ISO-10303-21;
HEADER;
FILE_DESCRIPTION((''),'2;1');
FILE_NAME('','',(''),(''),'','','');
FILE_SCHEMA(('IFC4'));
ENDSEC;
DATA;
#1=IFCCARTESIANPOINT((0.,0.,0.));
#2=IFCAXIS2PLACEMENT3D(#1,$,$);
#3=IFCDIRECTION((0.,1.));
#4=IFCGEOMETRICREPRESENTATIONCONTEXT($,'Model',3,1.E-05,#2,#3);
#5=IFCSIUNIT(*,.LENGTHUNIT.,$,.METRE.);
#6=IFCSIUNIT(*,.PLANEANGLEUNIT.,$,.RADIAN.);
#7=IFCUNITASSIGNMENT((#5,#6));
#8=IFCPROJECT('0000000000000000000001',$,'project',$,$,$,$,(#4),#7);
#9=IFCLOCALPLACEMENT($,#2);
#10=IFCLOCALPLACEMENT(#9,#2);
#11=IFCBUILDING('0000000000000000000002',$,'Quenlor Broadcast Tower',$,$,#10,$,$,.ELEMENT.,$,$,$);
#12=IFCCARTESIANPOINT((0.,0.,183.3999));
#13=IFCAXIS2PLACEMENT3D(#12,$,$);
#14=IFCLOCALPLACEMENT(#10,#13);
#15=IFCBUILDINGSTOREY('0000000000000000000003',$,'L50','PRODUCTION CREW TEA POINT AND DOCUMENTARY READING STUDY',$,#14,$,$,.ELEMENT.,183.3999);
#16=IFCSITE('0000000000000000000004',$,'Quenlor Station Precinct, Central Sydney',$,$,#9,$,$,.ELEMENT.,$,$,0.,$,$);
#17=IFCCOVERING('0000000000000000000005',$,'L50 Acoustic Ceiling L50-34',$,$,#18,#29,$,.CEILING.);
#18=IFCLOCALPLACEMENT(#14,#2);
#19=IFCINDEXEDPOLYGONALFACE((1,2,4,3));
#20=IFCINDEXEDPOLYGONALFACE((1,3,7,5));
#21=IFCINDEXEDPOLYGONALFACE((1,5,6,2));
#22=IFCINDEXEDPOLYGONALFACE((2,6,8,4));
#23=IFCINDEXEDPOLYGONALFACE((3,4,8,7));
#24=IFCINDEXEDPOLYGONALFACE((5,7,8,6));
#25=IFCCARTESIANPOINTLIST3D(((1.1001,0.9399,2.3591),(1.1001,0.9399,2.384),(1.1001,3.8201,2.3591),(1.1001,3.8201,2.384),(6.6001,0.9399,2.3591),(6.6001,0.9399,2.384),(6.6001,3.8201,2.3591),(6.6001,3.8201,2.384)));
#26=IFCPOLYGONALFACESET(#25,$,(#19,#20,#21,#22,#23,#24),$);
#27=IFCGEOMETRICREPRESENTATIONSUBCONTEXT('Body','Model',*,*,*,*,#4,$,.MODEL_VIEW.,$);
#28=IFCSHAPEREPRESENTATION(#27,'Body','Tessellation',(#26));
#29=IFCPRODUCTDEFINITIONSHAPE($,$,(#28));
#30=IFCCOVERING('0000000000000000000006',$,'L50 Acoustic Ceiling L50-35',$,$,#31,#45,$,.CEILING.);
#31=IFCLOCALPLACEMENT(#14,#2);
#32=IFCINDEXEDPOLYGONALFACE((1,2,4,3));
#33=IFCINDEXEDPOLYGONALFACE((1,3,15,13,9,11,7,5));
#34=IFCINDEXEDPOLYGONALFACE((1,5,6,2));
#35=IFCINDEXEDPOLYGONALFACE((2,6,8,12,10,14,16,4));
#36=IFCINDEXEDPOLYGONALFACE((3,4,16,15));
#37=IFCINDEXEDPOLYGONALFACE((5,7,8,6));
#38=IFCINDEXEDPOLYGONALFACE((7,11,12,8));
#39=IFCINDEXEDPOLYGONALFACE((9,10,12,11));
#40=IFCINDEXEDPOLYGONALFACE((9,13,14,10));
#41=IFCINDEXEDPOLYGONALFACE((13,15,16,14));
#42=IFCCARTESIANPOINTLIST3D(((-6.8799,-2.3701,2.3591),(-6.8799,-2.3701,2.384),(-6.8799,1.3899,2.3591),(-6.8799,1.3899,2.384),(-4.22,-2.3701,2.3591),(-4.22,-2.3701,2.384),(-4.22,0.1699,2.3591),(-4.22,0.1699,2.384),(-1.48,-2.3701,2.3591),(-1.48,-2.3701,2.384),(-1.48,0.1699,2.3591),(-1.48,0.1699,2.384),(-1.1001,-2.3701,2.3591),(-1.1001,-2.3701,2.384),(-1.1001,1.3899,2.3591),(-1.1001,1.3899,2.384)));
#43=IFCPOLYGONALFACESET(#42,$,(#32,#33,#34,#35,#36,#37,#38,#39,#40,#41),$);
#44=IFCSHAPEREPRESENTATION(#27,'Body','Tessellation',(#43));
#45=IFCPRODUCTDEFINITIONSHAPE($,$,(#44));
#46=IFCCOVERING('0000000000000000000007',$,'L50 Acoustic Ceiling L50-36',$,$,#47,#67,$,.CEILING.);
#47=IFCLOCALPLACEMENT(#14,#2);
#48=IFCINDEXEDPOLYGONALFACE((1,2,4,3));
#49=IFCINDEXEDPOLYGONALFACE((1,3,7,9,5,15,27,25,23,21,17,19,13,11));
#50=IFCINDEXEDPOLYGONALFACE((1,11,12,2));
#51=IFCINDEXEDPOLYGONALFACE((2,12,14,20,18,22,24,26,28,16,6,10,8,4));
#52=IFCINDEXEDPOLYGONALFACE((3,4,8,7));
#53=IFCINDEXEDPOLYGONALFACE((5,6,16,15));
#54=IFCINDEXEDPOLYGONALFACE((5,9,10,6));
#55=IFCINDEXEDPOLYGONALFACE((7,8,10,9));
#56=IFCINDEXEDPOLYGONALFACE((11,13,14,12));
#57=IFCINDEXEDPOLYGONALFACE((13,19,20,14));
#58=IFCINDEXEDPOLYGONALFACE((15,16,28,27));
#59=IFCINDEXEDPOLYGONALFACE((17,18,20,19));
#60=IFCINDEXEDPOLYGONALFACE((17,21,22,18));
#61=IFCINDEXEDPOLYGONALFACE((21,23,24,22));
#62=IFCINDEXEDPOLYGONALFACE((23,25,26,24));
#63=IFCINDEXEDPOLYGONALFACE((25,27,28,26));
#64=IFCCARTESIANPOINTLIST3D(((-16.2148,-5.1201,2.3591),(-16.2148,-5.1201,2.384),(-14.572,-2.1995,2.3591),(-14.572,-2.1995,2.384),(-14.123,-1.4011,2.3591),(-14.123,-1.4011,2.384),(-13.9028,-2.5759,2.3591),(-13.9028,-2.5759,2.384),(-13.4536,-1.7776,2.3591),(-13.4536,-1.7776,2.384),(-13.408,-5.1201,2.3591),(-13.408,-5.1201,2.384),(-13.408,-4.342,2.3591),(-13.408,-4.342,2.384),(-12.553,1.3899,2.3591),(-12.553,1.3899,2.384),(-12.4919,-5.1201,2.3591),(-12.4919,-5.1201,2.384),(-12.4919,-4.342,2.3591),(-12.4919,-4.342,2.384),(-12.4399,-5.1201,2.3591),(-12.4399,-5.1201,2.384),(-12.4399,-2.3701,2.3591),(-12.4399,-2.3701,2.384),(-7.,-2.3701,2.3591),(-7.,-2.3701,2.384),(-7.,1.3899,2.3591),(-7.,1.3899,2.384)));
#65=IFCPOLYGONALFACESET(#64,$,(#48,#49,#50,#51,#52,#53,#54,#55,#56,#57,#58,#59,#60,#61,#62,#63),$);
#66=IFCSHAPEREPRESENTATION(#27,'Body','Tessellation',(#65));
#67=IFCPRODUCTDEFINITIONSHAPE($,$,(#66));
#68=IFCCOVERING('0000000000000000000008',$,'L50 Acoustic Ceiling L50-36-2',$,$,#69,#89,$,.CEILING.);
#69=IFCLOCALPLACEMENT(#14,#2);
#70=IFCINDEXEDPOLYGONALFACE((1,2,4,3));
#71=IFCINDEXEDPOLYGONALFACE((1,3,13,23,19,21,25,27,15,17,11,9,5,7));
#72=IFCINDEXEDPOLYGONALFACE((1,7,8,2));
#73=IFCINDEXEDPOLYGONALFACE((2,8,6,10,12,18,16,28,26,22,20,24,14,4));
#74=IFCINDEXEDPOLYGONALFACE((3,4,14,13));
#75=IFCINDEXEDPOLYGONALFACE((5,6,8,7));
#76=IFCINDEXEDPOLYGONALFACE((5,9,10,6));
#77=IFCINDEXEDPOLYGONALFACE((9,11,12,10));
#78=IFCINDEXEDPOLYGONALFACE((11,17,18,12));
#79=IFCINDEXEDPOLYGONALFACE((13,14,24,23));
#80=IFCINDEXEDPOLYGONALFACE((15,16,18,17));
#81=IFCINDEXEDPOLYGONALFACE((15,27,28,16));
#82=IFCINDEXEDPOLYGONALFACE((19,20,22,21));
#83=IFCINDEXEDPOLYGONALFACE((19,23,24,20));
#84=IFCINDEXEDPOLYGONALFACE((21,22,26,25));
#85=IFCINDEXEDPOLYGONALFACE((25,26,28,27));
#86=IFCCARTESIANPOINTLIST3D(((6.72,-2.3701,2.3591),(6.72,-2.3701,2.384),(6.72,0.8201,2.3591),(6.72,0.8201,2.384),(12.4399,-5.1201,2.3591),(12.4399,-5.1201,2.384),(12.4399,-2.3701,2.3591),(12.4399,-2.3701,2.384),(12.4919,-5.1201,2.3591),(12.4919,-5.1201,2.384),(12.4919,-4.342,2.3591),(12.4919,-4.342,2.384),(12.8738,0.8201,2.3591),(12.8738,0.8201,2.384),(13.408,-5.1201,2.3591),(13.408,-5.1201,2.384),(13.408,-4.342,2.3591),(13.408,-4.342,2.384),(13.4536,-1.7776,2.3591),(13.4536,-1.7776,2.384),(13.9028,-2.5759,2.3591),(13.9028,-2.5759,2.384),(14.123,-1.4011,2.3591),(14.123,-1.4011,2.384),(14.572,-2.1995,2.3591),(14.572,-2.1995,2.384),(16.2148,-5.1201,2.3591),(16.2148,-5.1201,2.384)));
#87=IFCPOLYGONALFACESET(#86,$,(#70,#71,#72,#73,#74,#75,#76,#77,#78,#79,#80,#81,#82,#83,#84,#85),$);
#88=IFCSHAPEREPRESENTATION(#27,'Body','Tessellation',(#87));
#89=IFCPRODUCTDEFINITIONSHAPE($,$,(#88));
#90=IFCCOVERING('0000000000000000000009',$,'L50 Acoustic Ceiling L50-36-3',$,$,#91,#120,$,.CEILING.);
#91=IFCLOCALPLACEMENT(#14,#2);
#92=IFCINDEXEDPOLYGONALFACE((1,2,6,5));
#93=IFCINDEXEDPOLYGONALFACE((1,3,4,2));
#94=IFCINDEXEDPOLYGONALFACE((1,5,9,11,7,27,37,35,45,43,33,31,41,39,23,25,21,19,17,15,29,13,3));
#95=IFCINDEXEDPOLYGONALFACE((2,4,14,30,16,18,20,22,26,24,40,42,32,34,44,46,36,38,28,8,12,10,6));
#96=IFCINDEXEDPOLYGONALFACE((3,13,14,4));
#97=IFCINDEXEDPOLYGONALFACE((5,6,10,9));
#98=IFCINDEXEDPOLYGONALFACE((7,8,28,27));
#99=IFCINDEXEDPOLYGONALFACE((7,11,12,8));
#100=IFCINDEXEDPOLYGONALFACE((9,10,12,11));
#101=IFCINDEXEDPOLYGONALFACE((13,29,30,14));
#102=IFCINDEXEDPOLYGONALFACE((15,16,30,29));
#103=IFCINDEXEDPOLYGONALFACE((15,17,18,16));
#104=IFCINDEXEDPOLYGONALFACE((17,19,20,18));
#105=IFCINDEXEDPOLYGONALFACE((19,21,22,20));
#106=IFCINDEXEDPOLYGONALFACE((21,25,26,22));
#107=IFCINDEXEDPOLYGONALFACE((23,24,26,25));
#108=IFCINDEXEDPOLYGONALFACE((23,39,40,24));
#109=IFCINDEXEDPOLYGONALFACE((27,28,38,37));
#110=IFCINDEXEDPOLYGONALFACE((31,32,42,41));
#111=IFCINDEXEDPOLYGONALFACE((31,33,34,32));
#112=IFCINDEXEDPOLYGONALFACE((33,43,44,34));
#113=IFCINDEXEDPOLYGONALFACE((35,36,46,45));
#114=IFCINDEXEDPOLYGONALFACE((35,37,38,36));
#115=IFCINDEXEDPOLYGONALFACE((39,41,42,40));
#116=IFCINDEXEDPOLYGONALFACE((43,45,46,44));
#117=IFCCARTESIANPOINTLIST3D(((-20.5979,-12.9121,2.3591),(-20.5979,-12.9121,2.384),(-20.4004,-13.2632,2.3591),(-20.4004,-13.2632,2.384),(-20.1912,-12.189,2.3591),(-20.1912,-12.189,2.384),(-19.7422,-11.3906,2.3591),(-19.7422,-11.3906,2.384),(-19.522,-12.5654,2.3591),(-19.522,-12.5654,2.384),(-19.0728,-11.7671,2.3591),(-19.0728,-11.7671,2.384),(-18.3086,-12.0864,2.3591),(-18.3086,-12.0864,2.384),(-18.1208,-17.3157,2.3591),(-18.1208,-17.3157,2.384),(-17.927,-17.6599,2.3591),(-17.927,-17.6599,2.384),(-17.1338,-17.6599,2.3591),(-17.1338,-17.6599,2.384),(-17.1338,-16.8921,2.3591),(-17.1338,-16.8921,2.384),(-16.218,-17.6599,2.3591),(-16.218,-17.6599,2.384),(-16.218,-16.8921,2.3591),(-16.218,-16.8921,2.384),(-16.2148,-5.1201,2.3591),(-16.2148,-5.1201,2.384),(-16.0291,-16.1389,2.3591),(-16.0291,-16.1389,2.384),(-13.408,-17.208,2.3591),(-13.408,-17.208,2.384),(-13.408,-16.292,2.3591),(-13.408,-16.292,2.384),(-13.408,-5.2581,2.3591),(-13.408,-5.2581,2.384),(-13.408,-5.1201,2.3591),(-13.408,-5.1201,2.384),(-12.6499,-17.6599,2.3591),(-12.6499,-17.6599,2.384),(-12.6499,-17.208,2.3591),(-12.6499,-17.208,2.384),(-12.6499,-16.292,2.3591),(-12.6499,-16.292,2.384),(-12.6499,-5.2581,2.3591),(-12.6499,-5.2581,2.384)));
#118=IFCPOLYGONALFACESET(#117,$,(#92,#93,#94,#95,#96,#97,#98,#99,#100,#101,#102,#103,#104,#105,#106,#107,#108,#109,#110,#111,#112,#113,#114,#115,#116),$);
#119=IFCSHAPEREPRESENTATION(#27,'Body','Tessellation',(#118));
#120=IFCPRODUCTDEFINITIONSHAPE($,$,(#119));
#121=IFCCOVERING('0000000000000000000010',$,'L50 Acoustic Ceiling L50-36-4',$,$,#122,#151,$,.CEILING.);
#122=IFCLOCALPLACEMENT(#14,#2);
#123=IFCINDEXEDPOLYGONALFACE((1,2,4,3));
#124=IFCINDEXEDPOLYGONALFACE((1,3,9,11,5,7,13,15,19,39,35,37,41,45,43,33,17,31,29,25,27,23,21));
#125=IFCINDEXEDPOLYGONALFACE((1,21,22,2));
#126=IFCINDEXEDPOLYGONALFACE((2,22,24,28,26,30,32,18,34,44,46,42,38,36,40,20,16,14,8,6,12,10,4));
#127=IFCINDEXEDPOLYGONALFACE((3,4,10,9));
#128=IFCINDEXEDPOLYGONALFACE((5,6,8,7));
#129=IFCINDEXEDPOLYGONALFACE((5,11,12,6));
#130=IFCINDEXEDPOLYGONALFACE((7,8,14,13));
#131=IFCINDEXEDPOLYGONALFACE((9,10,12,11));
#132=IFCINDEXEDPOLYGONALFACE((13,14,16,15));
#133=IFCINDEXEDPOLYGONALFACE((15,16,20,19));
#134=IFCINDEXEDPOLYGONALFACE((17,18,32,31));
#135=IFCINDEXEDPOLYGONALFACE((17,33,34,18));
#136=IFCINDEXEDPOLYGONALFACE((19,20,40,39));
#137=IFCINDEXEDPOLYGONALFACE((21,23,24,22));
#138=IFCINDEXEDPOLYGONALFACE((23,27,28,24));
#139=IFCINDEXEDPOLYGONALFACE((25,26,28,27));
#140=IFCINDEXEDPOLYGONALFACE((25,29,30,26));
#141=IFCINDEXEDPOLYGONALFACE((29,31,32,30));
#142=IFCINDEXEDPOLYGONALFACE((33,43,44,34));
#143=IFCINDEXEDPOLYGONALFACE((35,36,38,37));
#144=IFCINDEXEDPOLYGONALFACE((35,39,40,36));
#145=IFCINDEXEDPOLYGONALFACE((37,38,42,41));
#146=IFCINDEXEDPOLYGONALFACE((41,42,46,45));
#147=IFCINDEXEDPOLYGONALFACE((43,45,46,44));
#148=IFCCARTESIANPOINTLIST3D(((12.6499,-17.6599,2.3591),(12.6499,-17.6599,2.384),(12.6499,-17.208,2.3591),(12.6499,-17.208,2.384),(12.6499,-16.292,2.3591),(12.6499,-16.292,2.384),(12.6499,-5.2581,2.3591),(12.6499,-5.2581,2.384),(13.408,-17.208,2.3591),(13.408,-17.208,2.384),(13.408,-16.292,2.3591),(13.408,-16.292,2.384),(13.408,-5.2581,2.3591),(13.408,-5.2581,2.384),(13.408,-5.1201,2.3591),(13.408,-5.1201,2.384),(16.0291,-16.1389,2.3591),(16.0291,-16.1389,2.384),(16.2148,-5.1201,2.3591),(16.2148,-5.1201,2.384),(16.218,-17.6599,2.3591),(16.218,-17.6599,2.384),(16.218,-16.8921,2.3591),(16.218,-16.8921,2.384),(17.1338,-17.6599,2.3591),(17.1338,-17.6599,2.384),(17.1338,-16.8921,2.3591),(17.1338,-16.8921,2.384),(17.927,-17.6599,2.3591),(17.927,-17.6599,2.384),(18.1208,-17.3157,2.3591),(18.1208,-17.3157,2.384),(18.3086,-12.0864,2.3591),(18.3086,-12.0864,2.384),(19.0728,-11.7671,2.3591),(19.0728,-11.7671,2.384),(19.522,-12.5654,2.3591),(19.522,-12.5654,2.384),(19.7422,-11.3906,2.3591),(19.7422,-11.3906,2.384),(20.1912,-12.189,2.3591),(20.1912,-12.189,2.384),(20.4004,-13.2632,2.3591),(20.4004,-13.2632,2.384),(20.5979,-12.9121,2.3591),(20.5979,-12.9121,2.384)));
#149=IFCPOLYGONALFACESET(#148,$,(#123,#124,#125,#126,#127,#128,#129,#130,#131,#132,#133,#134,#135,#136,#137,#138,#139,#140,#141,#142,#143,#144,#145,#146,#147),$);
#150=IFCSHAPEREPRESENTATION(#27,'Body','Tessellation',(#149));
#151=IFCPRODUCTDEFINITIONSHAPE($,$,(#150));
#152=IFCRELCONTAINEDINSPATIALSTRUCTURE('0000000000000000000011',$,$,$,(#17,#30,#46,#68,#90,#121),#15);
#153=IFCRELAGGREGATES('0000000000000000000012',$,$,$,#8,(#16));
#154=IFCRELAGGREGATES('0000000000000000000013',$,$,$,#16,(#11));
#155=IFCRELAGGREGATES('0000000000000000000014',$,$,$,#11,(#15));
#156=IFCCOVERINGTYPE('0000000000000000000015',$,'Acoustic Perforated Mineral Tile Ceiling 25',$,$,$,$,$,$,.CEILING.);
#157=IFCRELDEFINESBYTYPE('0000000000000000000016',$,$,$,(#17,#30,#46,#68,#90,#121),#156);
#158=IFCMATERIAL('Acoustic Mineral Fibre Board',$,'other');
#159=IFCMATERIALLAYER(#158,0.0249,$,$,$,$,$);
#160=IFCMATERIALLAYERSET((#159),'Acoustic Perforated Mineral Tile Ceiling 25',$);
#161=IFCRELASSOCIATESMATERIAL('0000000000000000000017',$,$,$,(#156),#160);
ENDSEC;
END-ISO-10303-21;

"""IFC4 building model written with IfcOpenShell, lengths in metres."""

from ifc_helpers import new_model, si_unit, direction, frame, origin, place, context, subcontext, project, spatial, polyline, outline, extrude, material, layer, layer_set, type_object, element, save


model = new_model("IFC4")

# Units and contexts
model_context = context("Model", 3, precision=1e-05, world=origin(), true_north=direction((0.0, 1.0)))
body_context = subcontext(model_context, "Body", "Model", "MODEL_VIEW")
ifc_project = project(units=[si_unit("LENGTHUNIT", "METRE"), si_unit("PLANEANGLEUNIT", "RADIAN")], contexts=[model_context])

# Site, building, storey
site_placement = place(None, origin())
site = spatial("IfcSite", under=ifc_project, at=site_placement, Name="Quenlor Station Precinct, Central Sydney", CompositionType="ELEMENT", RefElevation=0.0)
building_placement = place(site_placement, origin())
building = spatial("IfcBuilding", under=site, at=building_placement, Name="Quenlor Broadcast Tower", CompositionType="ELEMENT")
storey_placement = place(building_placement, frame((0.0, 0.0, 183.3999)))
storey = spatial("IfcBuildingStorey", under=building, at=storey_placement, Name="L50", Description="PRODUCTION CREW TEA POINT AND DOCUMENTARY READING STUDY", CompositionType="ELEMENT", Elevation=183.3999)

# Coverings
ifc_material_1 = material(Name="Acoustic Mineral Fibre Board", Category="other")
ifc_layer_1 = layer(ifc_material_1, 0.0249)
ifc_layer_set_1 = layer_set([ifc_layer_1], Name="Acoustic Perforated Mineral Tile Ceiling 25")
covering_type_1 = type_object("IfcCoveringType", Name="Acoustic Perforated Mineral Tile Ceiling 25", PredefinedType="CEILING", material=ifc_layer_set_1)
covering_1_placement = place(storey_placement, frame((0.0, 0.0, 2.3591)))
element("IfcCovering", 1, at=covering_1_placement, inside=storey, type_object=covering_type_1, Name="L50 Acoustic Ceiling L50-34", PredefinedType="CEILING", context=body_context, shape_type="SweptSolid", body=[
    extrude(outline(polyline([(6.6001, 3.8201), (6.6001, 0.9399), (1.1001, 0.9399), (1.1001, 3.8201), (6.6001, 3.8201)])), origin(), (0.0, 0.0, 1.0), 0.0249),
])
covering_2_placement = place(storey_placement, frame((0.0, 0.0, 2.3591)))
element("IfcCovering", 2, at=covering_2_placement, inside=storey, type_object=covering_type_1, Name="L50 Acoustic Ceiling L50-35", PredefinedType="CEILING", context=body_context, shape_type="SweptSolid", body=[
    extrude(outline(polyline([(-4.22, 0.1699), (-4.22, -2.3701), (-6.8799, -2.3701), (-6.8799, 1.3899), (-1.1001, 1.3899), (-1.1001, -2.3701), (-1.48, -2.3701), (-1.48, 0.1699), (-4.22, 0.1699)])), origin(), (0.0, 0.0, 1.0), 0.0249),
])
covering_3_placement = place(storey_placement, frame((0.0, 0.0, 2.3591)))
element("IfcCovering", 3, at=covering_3_placement, inside=storey, type_object=covering_type_1, Name="L50 Acoustic Ceiling L50-36", PredefinedType="CEILING", context=body_context, shape_type="SweptSolid", body=[
    extrude(outline(polyline([(-14.572, -2.1995), (-13.9028, -2.5759), (-13.4536, -1.7776), (-14.123, -1.4011), (-12.553, 1.3899), (-7.0, 1.3899), (-7.0, -2.3701), (-12.4399, -2.3701), (-12.4399, -5.1201), (-12.4919, -5.1201), (-12.4919, -4.342), (-13.408, -4.342), (-13.408, -5.1201), (-16.2148, -5.1201), (-14.572, -2.1995)])), origin(), (0.0, 0.0, 1.0), 0.0249),
])
covering_4_placement = place(storey_placement, frame((0.0, 0.0, 2.3591)))
element("IfcCovering", 4, at=covering_4_placement, inside=storey, type_object=covering_type_1, Name="L50 Acoustic Ceiling L50-36-2", PredefinedType="CEILING", context=body_context, shape_type="SweptSolid", body=[
    extrude(outline(polyline([(13.408, -4.342), (12.4919, -4.342), (12.4919, -5.1201), (12.4399, -5.1201), (12.4399, -2.3701), (6.72, -2.3701), (6.72, 0.8201), (12.8738, 0.8201), (14.123, -1.4011), (13.4536, -1.7776), (13.9028, -2.5759), (14.572, -2.1995), (16.2148, -5.1201), (13.408, -5.1201), (13.408, -4.342)])), origin(), (0.0, 0.0, 1.0), 0.0249),
])
covering_5_placement = place(storey_placement, frame((0.0, 0.0, 2.3591)))
element("IfcCovering", 5, at=covering_5_placement, inside=storey, type_object=covering_type_1, Name="L50 Acoustic Ceiling L50-36-3", PredefinedType="CEILING", context=body_context, shape_type="SweptSolid", body=[
    extrude(outline(polyline([(-20.4004, -13.2632), (-20.5979, -12.9121), (-20.1912, -12.189), (-19.522, -12.5654), (-19.0728, -11.7671), (-19.7422, -11.3906), (-16.2148, -5.1201), (-13.408, -5.1201), (-13.408, -5.2581), (-12.6499, -5.2581), (-12.6499, -16.292), (-13.408, -16.292), (-13.408, -17.208), (-12.6499, -17.208), (-12.6499, -17.6599), (-16.218, -17.6599), (-16.218, -16.8921), (-17.1338, -16.8921), (-17.1338, -17.6599), (-17.927, -17.6599), (-18.1208, -17.3157), (-16.0291, -16.1389), (-18.3086, -12.0864), (-20.4004, -13.2632)])), origin(), (0.0, 0.0, 1.0), 0.0249),
])
covering_6_placement = place(storey_placement, frame((0.0, 0.0, 2.3591)))
element("IfcCovering", 6, at=covering_6_placement, inside=storey, type_object=covering_type_1, Name="L50 Acoustic Ceiling L50-36-4", PredefinedType="CEILING", context=body_context, shape_type="SweptSolid", body=[
    extrude(outline(polyline([(13.408, -17.208), (13.408, -16.292), (12.6499, -16.292), (12.6499, -5.2581), (13.408, -5.2581), (13.408, -5.1201), (16.2148, -5.1201), (19.7422, -11.3906), (19.0728, -11.7671), (19.522, -12.5654), (20.1912, -12.189), (20.5979, -12.9121), (20.4004, -13.2632), (18.3086, -12.0864), (16.0291, -16.1389), (18.1208, -17.3157), (17.927, -17.6599), (17.1338, -17.6599), (17.1338, -16.8921), (16.218, -16.8921), (16.218, -17.6599), (12.6499, -17.6599), (12.6499, -17.208), (13.408, -17.208)])), origin(), (0.0, 0.0, 1.0), 0.0249),
])

save(model, "model.ifc")
